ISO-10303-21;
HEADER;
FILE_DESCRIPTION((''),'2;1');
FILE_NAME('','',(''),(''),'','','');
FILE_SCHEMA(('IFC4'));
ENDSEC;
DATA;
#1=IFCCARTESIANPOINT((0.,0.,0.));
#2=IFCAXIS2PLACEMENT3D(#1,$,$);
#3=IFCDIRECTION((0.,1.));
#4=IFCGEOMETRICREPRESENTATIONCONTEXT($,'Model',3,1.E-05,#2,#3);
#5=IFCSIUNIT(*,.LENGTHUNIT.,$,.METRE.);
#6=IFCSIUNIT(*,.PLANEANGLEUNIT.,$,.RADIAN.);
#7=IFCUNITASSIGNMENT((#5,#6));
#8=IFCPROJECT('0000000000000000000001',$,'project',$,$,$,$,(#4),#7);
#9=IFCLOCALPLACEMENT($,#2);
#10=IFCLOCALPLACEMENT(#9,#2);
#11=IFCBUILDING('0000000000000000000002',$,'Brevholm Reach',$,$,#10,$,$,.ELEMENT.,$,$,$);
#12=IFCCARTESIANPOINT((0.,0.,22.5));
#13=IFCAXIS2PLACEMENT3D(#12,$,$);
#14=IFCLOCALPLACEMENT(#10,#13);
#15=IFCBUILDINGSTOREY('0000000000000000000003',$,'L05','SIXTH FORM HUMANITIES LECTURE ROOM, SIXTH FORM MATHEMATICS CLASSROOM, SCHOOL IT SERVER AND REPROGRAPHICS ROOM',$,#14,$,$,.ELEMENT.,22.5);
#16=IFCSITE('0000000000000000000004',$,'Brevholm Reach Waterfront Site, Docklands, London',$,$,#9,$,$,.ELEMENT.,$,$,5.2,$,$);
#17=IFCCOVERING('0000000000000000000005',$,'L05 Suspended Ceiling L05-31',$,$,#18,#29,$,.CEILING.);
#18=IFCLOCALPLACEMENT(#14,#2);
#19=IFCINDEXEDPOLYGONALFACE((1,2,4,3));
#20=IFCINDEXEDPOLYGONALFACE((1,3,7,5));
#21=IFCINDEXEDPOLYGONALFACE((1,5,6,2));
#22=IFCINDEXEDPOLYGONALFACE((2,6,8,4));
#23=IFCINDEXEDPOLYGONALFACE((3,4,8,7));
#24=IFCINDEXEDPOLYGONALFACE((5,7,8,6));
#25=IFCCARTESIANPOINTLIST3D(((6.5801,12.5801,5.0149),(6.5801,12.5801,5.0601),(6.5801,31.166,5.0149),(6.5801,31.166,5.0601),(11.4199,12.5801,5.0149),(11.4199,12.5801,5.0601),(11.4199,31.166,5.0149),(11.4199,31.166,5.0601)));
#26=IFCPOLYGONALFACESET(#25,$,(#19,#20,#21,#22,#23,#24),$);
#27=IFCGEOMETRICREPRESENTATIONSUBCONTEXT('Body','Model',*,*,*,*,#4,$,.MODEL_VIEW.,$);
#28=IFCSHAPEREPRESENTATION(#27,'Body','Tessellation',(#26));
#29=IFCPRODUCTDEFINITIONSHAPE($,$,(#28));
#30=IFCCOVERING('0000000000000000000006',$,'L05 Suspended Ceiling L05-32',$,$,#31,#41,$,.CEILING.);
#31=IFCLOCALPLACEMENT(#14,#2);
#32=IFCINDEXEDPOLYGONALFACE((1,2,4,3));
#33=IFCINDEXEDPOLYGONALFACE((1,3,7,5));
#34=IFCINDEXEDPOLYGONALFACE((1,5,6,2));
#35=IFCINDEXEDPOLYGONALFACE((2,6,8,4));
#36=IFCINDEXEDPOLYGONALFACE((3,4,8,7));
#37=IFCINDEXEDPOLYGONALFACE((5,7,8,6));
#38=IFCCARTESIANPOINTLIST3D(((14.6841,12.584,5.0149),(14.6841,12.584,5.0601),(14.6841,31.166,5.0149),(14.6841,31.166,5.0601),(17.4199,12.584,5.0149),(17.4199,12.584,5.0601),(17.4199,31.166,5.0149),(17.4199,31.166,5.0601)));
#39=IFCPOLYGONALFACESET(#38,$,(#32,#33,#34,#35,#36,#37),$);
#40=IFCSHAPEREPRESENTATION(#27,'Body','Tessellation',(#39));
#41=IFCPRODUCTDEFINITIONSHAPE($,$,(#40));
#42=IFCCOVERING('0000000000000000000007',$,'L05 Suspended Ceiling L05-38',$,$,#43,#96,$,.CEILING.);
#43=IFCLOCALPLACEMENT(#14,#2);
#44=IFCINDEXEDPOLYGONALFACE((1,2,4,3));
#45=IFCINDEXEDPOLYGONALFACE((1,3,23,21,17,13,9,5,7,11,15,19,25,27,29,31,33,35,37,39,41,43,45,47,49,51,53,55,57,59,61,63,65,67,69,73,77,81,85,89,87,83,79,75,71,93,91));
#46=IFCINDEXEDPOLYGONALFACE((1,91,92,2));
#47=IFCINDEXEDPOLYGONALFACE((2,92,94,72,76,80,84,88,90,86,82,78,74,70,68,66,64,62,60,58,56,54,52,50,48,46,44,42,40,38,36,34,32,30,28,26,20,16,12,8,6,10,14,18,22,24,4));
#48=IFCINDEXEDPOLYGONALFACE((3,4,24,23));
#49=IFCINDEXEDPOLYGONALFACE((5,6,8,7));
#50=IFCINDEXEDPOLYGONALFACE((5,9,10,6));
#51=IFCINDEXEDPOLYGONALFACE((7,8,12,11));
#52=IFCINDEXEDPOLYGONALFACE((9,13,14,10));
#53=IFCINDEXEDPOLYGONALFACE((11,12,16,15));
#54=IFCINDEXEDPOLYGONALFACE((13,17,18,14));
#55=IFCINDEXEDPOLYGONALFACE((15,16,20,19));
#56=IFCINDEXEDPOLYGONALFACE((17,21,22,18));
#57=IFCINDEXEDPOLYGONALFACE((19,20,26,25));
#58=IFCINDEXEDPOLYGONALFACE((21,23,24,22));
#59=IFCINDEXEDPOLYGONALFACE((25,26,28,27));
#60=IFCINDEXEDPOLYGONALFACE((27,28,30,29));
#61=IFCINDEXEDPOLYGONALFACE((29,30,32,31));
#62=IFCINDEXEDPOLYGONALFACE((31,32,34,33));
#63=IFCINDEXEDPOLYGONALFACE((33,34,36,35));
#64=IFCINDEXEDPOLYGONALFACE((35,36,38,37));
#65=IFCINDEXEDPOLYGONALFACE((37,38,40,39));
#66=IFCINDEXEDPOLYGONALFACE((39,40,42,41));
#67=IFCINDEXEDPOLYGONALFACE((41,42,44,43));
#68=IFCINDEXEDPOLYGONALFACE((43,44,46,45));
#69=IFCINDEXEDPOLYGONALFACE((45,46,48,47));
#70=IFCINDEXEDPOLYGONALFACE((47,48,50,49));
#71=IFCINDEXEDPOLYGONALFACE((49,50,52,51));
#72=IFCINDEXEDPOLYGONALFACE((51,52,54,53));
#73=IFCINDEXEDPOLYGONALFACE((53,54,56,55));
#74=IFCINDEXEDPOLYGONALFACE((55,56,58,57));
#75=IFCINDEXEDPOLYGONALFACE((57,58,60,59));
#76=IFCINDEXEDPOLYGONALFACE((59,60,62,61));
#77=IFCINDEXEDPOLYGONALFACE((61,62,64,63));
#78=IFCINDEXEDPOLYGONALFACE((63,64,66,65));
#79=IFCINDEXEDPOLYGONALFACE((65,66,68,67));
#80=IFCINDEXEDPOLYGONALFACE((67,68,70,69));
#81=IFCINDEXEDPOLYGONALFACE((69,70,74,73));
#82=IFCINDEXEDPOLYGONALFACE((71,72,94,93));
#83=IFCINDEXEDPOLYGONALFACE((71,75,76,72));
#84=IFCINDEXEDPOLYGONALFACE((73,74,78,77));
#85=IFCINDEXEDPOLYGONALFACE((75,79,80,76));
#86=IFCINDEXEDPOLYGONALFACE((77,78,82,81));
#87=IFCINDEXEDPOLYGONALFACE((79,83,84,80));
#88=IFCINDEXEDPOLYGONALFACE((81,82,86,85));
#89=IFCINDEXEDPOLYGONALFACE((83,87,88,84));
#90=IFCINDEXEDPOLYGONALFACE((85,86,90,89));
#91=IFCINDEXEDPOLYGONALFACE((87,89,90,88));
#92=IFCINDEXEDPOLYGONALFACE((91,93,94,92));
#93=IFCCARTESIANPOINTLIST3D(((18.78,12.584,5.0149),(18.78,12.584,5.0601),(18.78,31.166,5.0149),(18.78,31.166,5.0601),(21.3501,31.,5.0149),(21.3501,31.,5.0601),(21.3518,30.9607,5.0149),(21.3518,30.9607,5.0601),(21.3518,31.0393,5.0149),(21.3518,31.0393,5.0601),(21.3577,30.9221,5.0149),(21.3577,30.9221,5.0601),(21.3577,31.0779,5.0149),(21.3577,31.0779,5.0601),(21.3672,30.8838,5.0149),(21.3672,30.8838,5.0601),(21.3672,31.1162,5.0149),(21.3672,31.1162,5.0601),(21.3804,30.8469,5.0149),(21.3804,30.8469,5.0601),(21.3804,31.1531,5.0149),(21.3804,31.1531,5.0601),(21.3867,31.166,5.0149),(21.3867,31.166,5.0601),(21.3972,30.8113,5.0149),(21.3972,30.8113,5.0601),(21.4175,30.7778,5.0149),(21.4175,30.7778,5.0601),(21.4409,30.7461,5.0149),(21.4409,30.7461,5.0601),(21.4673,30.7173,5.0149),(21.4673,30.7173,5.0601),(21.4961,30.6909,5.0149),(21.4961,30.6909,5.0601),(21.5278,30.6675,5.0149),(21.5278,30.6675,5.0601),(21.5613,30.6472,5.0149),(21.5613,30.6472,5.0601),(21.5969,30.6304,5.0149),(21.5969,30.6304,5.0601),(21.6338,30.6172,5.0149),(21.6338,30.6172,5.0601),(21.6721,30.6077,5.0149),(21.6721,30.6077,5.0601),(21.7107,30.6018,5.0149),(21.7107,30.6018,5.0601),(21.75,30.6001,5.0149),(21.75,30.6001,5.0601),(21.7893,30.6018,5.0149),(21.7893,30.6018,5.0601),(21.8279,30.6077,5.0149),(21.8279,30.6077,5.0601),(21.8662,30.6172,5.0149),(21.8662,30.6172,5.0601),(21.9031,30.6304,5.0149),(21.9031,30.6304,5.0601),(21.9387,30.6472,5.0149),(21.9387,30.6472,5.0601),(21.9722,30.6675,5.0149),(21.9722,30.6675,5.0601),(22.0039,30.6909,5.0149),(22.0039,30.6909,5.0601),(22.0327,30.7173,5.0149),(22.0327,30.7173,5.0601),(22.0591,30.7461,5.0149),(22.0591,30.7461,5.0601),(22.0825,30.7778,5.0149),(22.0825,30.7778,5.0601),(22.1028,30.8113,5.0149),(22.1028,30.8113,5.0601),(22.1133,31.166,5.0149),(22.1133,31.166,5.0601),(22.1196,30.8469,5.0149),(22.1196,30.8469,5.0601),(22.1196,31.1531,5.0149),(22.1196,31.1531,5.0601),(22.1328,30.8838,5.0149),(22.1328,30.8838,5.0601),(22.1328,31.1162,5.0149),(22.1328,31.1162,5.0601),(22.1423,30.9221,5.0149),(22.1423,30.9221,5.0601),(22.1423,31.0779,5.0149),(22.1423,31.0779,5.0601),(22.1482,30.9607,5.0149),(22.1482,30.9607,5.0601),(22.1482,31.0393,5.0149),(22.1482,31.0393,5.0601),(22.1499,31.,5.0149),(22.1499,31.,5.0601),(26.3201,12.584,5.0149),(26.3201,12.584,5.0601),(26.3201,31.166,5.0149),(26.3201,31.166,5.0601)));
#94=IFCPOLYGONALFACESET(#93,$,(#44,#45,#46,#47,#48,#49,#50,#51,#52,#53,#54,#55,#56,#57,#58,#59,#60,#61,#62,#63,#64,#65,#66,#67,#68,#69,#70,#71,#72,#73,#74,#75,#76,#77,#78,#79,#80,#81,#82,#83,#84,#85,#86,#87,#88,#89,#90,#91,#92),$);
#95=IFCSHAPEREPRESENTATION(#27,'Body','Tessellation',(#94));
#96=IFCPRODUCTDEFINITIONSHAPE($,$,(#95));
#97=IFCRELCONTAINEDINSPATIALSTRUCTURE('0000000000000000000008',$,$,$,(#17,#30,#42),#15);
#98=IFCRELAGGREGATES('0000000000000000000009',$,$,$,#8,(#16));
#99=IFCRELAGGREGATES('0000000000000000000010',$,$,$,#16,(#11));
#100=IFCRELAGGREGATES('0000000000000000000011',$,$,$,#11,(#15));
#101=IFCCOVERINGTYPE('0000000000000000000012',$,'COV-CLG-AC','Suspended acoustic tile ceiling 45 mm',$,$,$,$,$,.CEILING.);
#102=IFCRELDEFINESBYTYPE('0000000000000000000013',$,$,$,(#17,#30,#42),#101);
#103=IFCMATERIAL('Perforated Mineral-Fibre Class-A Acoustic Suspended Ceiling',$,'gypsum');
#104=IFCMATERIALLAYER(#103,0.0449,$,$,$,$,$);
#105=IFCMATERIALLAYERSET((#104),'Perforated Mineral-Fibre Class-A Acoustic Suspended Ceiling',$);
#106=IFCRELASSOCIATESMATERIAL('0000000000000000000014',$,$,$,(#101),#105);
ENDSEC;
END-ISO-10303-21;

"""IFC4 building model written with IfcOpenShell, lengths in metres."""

from ifc_helpers import new_model, si_unit, direction, frame, origin, place, context, subcontext, project, spatial, polyline, outline, extrude, material, layer, layer_set, type_object, element, save


model = new_model("IFC4")

# Units and contexts
model_context = context("Model", 3, precision=1e-05, world=origin(), true_north=direction((0.0, 1.0)))
body_context = subcontext(model_context, "Body", "Model", "MODEL_VIEW")
ifc_project = project(units=[si_unit("LENGTHUNIT", "METRE"), si_unit("PLANEANGLEUNIT", "RADIAN")], contexts=[model_context])

# Site, building, storey
site_placement = place(None, origin())
site = spatial("IfcSite", under=ifc_project, at=site_placement, Name="Brevholm Reach Waterfront Site, Docklands, London", CompositionType="ELEMENT", RefElevation=5.2)
building_placement = place(site_placement, origin())
building = spatial("IfcBuilding", under=site, at=building_placement, Name="Brevholm Reach", CompositionType="ELEMENT")
storey_placement = place(building_placement, frame((0.0, 0.0, 22.5)))
storey = spatial("IfcBuildingStorey", under=building, at=storey_placement, Name="L05", Description="SIXTH FORM HUMANITIES LECTURE ROOM, SIXTH FORM MATHEMATICS CLASSROOM, SCHOOL IT SERVER AND REPROGRAPHICS ROOM", CompositionType="ELEMENT", Elevation=22.5)

# Coverings
ifc_material_1 = material(Name="Perforated Mineral-Fibre Class-A Acoustic Suspended Ceiling", Category="gypsum")
ifc_layer_1 = layer(ifc_material_1, 0.0449)
ifc_layer_set_1 = layer_set([ifc_layer_1], Name="Perforated Mineral-Fibre Class-A Acoustic Suspended Ceiling")
covering_type_1 = type_object("IfcCoveringType", Name="COV-CLG-AC", Description="Suspended acoustic tile ceiling 45 mm", PredefinedType="CEILING", material=ifc_layer_set_1)
covering_1_placement = place(storey_placement, frame((0.0, 0.0, 5.0149)))
element("IfcCovering", 1, at=covering_1_placement, inside=storey, type_object=covering_type_1, Name="L05 Suspended Ceiling L05-31", PredefinedType="CEILING", context=body_context, shape_type="SweptSolid", body=[
    extrude(outline(polyline([(6.5801, 31.166), (11.4199, 31.166), (11.4199, 12.5801), (6.5801, 12.5801), (6.5801, 31.166)])), origin(), (0.0, 0.0, 1.0), 0.0452),
])
covering_2_placement = place(storey_placement, frame((0.0, 0.0, 5.0149)))
element("IfcCovering", 2, at=covering_2_placement, inside=storey, type_object=covering_type_1, Name="L05 Suspended Ceiling L05-32", PredefinedType="CEILING", context=body_context, shape_type="SweptSolid", body=[
    extrude(outline(polyline([(17.4199, 12.584), (14.6841, 12.584), (14.6841, 31.166), (17.4199, 31.166), (17.4199, 12.584)])), origin(), (0.0, 0.0, 1.0), 0.0452),
])
covering_3_placement = place(storey_placement, frame((0.0, 0.0, 5.0149)))
element("IfcCovering", 3, at=covering_3_placement, inside=storey, type_object=covering_type_1, Name="L05 Suspended Ceiling L05-38", PredefinedType="CEILING", context=body_context, shape_type="SweptSolid", body=[
    extrude(outline(polyline([(18.78, 31.166), (21.3867, 31.166), (21.3804, 31.1531), (21.3672, 31.1162), (21.3577, 31.0779), (21.3518, 31.0393), (21.3501, 31.0), (21.3518, 30.9607), (21.3577, 30.9221), (21.3672, 30.8838), (21.3804, 30.8469), (21.3972, 30.8113), (21.4175, 30.7778), (21.4409, 30.7461), (21.4673, 30.7173), (21.4961, 30.6909), (21.5278, 30.6675), (21.5613, 30.6472), (21.5969, 30.6304), (21.6338, 30.6172), (21.6721, 30.6077), (21.7107, 30.6018), (21.75, 30.6001), (21.7893, 30.6018), (21.8279, 30.6077), (21.8662, 30.6172), (21.9031, 30.6304), (21.9387, 30.6472), (21.9722, 30.6675), (22.0039, 30.6909), (22.0327, 30.7173), (22.0591, 30.7461), (22.0825, 30.7778), (22.1028, 30.8113), (22.1196, 30.8469), (22.1328, 30.8838), (22.1423, 30.9221), (22.1482, 30.9607), (22.1499, 31.0), (22.1482, 31.0393), (22.1423, 31.0779), (22.1328, 31.1162), (22.1196, 31.1531), (22.1133, 31.166), (26.3201, 31.166), (26.3201, 12.584), (18.78, 12.584), (18.78, 31.166)])), origin(), (0.0, 0.0, 1.0), 0.0452),
])

save(model, "model.ifc")
